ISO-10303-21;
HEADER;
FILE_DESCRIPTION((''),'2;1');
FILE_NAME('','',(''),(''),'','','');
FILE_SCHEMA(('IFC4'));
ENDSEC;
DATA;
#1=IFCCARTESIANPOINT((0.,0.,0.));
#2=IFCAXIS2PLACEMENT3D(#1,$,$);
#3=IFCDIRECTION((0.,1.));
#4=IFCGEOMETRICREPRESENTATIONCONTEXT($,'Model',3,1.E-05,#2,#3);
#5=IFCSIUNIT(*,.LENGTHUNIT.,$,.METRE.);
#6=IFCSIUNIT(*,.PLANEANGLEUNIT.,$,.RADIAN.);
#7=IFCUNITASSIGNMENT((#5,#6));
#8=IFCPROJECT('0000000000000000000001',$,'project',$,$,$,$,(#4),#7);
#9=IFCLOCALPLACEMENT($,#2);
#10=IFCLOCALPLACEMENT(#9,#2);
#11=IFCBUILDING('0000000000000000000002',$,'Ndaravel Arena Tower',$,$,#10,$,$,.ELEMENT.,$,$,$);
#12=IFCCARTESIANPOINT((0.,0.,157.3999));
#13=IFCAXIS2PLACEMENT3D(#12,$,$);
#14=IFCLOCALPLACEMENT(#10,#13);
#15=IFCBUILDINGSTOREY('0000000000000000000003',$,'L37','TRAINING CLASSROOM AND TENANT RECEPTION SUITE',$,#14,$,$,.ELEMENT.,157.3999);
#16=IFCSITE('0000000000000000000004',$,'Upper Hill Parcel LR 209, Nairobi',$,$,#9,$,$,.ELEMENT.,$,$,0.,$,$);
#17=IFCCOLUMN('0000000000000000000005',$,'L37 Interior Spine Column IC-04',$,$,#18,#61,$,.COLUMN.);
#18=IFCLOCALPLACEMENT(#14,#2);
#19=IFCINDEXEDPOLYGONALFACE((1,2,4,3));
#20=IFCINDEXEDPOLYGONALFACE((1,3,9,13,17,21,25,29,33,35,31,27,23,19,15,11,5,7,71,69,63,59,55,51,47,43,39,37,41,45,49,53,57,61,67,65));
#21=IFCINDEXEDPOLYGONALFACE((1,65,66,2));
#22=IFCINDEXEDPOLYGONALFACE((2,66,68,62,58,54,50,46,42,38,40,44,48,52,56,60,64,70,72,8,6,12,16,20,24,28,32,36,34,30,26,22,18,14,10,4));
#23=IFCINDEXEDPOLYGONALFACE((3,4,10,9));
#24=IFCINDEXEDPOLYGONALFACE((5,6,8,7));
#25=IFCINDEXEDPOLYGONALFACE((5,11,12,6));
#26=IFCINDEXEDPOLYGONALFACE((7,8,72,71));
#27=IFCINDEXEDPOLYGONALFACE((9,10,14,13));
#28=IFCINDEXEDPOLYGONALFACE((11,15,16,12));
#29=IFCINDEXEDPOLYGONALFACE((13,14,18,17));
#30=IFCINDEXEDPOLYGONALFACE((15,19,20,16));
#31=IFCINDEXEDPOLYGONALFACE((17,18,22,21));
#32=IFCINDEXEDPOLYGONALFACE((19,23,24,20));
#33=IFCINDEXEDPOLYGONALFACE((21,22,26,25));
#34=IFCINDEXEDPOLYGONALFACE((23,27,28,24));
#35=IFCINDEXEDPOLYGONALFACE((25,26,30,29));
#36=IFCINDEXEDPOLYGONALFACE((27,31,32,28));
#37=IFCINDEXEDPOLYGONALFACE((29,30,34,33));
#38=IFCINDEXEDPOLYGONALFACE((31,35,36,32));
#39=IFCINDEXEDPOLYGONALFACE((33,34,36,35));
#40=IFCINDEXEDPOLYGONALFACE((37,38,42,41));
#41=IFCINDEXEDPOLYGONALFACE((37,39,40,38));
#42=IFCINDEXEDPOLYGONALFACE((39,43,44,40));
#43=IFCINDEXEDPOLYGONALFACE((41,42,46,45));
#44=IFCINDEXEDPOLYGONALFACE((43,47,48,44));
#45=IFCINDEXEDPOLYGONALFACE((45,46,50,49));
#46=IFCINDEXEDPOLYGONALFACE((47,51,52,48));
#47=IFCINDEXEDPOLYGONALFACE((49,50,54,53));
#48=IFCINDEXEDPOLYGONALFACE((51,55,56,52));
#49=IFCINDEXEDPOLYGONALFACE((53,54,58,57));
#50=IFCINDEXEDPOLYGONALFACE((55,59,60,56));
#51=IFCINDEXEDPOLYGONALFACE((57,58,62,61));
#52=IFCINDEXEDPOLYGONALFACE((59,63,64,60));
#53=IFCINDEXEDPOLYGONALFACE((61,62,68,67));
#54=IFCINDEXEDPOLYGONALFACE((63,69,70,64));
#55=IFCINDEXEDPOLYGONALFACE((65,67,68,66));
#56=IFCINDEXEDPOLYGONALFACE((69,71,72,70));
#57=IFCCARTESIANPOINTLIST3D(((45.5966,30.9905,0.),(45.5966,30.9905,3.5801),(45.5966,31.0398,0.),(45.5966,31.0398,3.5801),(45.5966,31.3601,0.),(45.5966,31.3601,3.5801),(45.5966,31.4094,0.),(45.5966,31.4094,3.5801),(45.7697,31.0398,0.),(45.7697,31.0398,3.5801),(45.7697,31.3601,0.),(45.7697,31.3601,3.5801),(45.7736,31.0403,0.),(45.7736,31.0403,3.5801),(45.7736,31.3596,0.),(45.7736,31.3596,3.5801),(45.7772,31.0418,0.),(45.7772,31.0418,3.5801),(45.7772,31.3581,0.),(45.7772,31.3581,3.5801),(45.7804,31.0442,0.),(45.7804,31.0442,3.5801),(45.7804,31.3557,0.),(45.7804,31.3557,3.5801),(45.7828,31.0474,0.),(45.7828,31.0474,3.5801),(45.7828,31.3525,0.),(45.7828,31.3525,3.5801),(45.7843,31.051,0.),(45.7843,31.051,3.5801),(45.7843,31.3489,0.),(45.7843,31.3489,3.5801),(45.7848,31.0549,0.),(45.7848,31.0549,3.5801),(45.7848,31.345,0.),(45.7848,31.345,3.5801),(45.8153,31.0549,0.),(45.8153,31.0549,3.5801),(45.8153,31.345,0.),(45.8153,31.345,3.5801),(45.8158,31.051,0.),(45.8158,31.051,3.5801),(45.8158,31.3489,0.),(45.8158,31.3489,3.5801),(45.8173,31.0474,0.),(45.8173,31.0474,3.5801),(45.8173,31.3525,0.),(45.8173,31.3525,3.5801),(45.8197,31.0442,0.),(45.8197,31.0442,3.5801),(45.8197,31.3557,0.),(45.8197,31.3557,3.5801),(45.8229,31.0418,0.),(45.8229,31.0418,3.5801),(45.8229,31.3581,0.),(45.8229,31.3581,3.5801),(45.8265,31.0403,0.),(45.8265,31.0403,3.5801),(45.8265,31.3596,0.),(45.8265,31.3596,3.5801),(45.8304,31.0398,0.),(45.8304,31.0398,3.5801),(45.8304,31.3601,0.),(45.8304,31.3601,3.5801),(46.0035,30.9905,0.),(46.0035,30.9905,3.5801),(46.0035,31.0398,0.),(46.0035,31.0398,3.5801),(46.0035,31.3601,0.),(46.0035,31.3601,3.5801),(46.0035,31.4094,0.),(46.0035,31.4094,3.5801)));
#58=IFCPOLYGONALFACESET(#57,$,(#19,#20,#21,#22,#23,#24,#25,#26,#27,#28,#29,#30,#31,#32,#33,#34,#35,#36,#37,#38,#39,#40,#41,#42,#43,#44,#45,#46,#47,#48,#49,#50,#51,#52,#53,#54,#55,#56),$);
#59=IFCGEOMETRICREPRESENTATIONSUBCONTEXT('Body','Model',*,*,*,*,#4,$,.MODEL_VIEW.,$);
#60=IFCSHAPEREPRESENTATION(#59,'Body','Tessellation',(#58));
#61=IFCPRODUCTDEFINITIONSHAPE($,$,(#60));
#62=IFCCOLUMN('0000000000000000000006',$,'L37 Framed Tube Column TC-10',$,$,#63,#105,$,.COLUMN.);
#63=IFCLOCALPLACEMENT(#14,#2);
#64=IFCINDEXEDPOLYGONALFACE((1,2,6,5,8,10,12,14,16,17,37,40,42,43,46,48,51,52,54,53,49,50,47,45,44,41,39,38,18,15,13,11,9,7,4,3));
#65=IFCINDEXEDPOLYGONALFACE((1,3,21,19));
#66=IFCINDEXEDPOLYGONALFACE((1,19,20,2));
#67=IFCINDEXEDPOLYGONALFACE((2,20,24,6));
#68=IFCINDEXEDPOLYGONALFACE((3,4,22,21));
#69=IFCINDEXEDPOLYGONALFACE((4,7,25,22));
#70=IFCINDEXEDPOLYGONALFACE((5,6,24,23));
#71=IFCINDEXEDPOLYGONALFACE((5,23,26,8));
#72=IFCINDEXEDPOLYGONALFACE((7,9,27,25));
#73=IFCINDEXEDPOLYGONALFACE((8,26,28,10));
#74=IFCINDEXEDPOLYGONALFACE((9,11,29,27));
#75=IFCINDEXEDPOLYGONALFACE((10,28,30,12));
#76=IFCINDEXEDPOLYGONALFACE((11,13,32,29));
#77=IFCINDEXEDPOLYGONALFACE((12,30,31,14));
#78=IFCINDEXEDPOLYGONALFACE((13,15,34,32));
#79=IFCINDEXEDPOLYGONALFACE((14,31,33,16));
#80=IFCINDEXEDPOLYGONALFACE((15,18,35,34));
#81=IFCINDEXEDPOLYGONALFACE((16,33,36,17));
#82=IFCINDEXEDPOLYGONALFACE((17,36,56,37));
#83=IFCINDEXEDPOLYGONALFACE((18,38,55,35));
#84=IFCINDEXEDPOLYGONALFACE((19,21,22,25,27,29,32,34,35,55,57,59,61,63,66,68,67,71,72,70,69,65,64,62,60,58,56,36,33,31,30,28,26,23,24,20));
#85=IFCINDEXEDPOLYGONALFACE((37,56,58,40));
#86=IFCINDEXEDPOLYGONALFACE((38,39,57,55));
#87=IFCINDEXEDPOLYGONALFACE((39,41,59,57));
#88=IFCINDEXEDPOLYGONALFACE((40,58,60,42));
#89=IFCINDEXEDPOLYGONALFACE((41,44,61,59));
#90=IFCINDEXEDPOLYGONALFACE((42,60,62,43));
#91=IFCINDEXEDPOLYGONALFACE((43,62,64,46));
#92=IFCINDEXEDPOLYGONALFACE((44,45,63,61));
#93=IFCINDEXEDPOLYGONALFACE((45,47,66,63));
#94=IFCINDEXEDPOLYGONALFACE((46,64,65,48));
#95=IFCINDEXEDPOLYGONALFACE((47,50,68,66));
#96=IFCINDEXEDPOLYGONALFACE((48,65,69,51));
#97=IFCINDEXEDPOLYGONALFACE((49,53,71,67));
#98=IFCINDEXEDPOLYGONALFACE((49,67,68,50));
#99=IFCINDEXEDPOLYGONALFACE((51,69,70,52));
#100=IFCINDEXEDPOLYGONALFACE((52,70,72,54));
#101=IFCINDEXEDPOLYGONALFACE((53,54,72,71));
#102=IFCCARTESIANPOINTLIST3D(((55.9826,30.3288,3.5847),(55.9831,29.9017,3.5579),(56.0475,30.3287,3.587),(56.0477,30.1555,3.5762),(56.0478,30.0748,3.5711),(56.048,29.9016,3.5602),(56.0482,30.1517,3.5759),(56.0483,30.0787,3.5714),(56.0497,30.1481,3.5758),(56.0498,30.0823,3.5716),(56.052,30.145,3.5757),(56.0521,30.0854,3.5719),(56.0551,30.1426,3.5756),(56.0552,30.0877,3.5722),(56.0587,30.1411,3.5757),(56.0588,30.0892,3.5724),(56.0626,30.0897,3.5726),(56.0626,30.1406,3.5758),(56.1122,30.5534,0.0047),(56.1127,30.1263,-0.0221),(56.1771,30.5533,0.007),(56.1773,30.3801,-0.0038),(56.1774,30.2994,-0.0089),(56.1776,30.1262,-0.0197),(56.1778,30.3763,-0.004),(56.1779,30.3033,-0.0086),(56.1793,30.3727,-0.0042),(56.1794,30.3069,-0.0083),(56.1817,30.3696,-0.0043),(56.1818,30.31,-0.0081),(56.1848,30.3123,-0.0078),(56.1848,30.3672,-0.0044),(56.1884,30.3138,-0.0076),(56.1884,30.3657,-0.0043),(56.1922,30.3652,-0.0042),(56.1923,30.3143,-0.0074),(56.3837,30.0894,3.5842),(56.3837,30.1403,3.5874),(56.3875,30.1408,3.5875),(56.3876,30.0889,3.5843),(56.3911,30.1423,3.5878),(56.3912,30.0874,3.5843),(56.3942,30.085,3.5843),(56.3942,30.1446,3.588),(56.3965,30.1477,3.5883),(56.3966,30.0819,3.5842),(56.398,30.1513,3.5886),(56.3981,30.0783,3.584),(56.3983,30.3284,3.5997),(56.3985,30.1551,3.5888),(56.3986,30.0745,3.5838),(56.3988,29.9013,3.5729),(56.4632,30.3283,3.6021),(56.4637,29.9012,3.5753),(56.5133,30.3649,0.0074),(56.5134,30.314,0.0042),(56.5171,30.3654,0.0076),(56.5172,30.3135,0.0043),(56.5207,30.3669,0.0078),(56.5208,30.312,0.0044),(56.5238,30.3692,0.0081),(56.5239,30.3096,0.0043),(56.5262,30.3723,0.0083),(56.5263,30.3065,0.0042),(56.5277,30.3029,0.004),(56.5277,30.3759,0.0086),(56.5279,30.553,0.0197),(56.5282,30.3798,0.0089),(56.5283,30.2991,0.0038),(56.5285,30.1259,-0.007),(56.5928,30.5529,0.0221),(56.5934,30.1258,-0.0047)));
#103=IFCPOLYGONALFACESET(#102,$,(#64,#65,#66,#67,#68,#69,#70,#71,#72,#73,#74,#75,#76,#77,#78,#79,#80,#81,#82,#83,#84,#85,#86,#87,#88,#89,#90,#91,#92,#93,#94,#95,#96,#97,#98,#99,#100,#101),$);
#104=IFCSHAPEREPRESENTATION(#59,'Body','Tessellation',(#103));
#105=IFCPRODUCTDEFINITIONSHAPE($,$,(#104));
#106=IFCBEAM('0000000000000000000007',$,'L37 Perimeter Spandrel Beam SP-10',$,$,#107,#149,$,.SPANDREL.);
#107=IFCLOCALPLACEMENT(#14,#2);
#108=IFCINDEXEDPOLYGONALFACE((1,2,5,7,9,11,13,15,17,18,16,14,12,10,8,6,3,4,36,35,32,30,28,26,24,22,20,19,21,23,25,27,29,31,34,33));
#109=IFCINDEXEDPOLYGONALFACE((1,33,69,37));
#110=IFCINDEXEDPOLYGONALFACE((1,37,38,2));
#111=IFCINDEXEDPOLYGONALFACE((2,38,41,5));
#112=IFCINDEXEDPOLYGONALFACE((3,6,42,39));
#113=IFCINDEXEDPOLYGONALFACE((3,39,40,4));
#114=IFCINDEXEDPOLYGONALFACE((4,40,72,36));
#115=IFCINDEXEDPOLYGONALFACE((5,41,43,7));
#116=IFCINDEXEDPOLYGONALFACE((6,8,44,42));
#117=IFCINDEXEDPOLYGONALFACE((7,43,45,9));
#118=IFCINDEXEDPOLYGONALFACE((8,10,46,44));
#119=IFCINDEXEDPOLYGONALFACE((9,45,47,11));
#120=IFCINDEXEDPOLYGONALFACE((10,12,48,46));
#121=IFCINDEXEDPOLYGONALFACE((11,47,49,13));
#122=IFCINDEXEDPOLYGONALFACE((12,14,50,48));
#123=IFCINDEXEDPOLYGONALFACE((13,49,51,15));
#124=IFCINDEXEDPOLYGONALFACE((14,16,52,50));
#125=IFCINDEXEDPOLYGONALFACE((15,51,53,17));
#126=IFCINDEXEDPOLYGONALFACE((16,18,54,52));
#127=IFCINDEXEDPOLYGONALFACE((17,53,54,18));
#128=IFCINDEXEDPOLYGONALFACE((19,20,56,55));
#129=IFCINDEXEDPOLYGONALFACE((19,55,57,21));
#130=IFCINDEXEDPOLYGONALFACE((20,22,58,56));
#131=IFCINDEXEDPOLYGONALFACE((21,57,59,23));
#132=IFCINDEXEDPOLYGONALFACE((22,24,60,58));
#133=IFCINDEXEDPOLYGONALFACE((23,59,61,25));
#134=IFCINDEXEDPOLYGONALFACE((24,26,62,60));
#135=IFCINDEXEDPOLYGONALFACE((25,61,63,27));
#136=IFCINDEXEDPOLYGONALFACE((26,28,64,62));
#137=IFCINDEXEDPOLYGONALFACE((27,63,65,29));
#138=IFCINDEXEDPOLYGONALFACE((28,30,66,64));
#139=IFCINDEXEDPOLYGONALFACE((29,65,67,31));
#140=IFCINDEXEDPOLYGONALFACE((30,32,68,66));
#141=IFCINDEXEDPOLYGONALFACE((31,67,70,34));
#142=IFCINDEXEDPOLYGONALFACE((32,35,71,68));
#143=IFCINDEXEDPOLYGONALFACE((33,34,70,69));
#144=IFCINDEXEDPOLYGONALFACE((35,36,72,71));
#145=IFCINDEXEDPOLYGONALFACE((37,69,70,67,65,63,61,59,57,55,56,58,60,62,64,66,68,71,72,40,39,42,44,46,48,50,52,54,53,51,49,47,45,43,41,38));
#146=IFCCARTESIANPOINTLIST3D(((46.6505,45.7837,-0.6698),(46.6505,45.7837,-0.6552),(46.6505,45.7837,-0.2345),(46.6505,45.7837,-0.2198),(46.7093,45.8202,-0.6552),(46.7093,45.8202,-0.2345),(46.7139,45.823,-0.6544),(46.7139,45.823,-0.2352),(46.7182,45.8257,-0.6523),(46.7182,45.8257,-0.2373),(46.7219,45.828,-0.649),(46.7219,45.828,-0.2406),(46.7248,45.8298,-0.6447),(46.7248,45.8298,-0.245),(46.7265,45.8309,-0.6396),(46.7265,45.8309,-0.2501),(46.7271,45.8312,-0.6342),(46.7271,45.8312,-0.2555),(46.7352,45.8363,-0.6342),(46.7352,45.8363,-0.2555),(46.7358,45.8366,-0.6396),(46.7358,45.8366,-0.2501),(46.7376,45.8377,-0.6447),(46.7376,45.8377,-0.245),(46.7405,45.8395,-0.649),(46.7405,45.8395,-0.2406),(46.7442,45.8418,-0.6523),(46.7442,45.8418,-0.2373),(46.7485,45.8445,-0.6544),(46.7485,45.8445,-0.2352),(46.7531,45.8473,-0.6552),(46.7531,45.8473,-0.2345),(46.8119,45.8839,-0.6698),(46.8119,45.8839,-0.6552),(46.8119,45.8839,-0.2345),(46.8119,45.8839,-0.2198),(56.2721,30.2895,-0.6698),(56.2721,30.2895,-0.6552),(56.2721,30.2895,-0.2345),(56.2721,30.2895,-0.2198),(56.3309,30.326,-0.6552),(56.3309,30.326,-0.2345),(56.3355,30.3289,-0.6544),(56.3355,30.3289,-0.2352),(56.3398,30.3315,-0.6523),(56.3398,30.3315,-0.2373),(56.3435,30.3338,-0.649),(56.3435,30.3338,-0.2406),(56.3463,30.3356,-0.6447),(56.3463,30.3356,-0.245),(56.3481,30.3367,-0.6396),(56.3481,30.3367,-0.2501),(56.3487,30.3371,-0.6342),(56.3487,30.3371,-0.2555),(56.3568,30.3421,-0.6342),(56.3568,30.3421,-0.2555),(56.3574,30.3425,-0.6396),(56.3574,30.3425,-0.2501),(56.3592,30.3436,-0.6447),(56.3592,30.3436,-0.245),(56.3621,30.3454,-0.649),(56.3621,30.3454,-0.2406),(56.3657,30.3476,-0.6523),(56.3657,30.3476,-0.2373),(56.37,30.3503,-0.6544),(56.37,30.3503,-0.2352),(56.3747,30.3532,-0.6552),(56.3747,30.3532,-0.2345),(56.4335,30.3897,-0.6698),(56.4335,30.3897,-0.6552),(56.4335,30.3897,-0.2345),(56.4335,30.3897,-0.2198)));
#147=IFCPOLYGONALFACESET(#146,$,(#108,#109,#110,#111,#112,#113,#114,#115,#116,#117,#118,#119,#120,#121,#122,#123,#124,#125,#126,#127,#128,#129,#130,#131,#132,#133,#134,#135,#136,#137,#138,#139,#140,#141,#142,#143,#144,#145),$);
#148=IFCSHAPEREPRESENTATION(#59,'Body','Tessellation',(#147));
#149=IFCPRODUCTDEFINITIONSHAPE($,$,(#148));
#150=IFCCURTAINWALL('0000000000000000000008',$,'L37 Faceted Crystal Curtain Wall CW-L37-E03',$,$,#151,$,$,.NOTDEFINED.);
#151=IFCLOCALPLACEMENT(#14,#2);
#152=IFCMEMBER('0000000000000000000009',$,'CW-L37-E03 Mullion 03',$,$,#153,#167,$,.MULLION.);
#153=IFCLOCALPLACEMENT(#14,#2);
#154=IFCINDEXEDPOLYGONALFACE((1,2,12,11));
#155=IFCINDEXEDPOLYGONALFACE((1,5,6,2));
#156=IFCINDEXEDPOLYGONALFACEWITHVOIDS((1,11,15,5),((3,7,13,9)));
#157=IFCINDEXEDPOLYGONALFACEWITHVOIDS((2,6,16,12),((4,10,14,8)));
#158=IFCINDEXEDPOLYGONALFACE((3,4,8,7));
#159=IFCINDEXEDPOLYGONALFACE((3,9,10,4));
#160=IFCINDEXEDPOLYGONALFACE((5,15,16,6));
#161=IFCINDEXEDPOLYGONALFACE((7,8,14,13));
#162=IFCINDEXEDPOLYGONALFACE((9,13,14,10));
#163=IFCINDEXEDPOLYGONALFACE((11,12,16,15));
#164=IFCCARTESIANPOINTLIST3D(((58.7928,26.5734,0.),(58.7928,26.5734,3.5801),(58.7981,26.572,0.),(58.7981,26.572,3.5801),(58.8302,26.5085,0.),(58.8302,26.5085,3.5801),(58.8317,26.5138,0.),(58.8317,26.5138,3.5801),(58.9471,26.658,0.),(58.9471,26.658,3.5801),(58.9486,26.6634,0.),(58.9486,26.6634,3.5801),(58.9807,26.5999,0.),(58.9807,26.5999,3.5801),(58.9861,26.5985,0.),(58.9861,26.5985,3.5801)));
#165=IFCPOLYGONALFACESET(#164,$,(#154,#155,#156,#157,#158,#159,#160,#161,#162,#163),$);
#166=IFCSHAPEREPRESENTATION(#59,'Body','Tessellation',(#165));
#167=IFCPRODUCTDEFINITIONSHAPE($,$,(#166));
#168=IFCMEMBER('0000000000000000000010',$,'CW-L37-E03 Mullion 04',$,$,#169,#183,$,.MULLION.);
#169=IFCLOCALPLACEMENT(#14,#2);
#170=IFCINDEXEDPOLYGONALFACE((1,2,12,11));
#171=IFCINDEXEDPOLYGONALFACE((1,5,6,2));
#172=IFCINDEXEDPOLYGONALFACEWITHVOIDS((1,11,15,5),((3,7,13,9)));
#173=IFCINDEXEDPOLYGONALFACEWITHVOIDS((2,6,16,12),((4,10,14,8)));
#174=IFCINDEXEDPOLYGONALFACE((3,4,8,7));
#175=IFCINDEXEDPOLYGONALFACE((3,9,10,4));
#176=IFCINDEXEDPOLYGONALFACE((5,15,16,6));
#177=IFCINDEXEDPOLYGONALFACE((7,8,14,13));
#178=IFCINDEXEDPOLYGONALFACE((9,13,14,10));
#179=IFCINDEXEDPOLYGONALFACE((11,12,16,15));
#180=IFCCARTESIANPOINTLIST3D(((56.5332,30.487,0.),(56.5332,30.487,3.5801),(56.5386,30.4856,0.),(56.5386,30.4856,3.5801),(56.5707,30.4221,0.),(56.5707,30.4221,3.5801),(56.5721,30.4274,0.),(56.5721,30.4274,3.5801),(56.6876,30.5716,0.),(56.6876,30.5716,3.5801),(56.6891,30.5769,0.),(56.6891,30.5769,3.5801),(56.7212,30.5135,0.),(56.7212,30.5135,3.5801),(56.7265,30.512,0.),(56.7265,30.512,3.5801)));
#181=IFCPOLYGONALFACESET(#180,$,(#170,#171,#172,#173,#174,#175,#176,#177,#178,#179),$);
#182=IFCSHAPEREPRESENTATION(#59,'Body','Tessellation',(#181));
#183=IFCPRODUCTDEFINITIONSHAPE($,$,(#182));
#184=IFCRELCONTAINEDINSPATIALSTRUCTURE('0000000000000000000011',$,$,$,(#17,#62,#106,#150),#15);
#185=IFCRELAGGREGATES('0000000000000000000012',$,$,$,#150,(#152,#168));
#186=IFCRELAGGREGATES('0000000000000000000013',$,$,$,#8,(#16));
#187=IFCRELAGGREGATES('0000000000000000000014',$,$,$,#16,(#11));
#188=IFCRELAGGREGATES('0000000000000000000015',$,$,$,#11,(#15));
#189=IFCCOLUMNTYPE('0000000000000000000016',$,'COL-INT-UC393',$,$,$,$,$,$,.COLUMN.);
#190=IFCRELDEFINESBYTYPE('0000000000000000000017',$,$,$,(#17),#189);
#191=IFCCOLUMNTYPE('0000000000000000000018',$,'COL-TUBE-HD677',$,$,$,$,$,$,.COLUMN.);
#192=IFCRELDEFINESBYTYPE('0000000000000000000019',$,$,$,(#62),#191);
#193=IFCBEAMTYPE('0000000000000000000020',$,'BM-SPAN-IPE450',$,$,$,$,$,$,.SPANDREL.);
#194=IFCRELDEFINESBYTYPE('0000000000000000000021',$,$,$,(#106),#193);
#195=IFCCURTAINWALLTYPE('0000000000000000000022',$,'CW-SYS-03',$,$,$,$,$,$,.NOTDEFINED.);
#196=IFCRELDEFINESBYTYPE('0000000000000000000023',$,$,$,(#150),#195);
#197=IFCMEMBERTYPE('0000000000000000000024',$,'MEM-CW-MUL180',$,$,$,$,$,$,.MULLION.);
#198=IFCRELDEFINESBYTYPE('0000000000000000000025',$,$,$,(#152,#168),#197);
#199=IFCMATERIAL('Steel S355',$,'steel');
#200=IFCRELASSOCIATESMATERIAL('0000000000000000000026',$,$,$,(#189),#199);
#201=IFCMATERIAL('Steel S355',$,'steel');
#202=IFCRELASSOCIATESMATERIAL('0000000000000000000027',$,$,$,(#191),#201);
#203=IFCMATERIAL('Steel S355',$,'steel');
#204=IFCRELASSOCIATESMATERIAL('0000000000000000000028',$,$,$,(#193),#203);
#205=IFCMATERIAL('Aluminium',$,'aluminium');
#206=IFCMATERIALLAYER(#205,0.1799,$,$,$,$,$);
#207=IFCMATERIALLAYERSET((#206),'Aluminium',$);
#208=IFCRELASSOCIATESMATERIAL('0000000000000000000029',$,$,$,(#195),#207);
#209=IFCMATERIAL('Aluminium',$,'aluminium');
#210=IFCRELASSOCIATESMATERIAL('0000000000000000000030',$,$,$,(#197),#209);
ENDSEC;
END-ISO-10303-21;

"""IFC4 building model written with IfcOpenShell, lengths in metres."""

from ifc_helpers import new_model, si_unit, direction, frame, origin, origin_2d, place, context, subcontext, project, spatial, hollow_rectangle, i_section, extrude, material, layer, layer_set, material_profile, profile_set, type_object, element, aggregate, save


model = new_model("IFC4")

# Units and contexts
model_context = context("Model", 3, precision=1e-05, world=origin(), true_north=direction((0.0, 1.0)))
body_context = subcontext(model_context, "Body", "Model", "MODEL_VIEW")
ifc_project = project(units=[si_unit("LENGTHUNIT", "METRE"), si_unit("PLANEANGLEUNIT", "RADIAN")], contexts=[model_context])

# Site, building, storey
site_placement = place(None, origin())
site = spatial("IfcSite", under=ifc_project, at=site_placement, Name="Upper Hill Parcel LR 209, Nairobi", CompositionType="ELEMENT", RefElevation=0.0)
building_placement = place(site_placement, origin())
building = spatial("IfcBuilding", under=site, at=building_placement, Name="Ndaravel Arena Tower", CompositionType="ELEMENT")
storey_placement = place(building_placement, frame((0.0, 0.0, 157.3999)))
storey = spatial("IfcBuildingStorey", under=building, at=storey_placement, Name="L37", Description="TRAINING CLASSROOM AND TENANT RECEPTION SUITE", CompositionType="ELEMENT", Elevation=157.3999)

# Columns
ifc_material_1 = material(Name="Steel S355", Category="steel")
ifc_material_profile_1 = material_profile(ifc_material_1, i_section(OverallWidth=0.407, OverallDepth=0.4189, WebThickness=0.0305, FlangeThickness=0.0493, FilletRadius=0.0151, at=origin_2d()), Name="UC 356x406x393")
ifc_profile_set_1 = profile_set([ifc_material_profile_1], Name="Steel S355")
column_type_1 = type_object("IfcColumnType", Name="COL-INT-UC393", PredefinedType="COLUMN", material=ifc_profile_set_1)
column_1_placement = place(storey_placement, frame((45.8, 31.2, 0.0), z_axis=(0.0, 0.0, 1.0), x_axis=(1.0, 0.0, 0.0)))
element("IfcColumn", 1, at=column_1_placement, inside=storey, type_object=column_type_1, Name="L37 Interior Spine Column IC-04", PredefinedType="COLUMN", context=body_context, shape_type="SweptSolid", body=[
    extrude(i_section(OverallWidth=0.407, OverallDepth=0.4189, WebThickness=0.0305, FlangeThickness=0.0493, FilletRadius=0.0151, at=origin_2d()), origin(), (0.0, 0.0, 1.0), 3.5801),
])
ifc_material_2 = material(Name="Steel S355", Category="steel")
ifc_material_profile_2 = material_profile(ifc_material_2, i_section(OverallWidth=0.428, OverallDepth=0.481, WebThickness=0.051, FlangeThickness=0.0649, FilletRadius=0.0149, at=origin_2d()), Name="HD 400x677")
ifc_profile_set_2 = profile_set([ifc_material_profile_2], Name="Steel S355")
column_type_2 = type_object("IfcColumnType", Name="COL-TUBE-HD677", PredefinedType="COLUMN", material=ifc_profile_set_2)
column_2_placement = place(storey_placement, frame((56.3528, 30.3396, 0.0), z_axis=(-0.036116, -0.062575, 0.997387), x_axis=(-0.001264, 0.99804, 0.06257)))
element("IfcColumn", 2, at=column_2_placement, inside=storey, type_object=column_type_2, Name="L37 Framed Tube Column TC-10", PredefinedType="COLUMN", context=body_context, shape_type="SweptSolid", body=[
    extrude(i_section(OverallWidth=0.428, OverallDepth=0.481, WebThickness=0.051, FlangeThickness=0.0649, FilletRadius=0.0149, at=origin_2d()), origin(), (0.0, 0.0, 1.0), 3.5894),
])

# Beam
ifc_material_3 = material(Name="Steel S355", Category="steel")
ifc_material_profile_3 = material_profile(ifc_material_3, i_section(OverallWidth=0.1899, OverallDepth=0.45, WebThickness=0.0095, FlangeThickness=0.0146, FilletRadius=0.021, at=origin_2d()), Name="IPE 450")
ifc_profile_set_3 = profile_set([ifc_material_profile_3], Name="Steel S355")
beam_type = type_object("IfcBeamType", Name="BM-SPAN-IPE450", PredefinedType="SPANDREL", material=ifc_profile_set_3)
beam_placement = place(storey_placement, frame((56.3528, 30.3396, -0.4448), z_axis=(-0.527542, 0.849529, 0.0), x_axis=(-0.849529, -0.527542, 0.0)))
element("IfcBeam", 3, at=beam_placement, inside=storey, type_object=beam_type, Name="L37 Perimeter Spandrel Beam SP-10", PredefinedType="SPANDREL", context=body_context, shape_type="SweptSolid", body=[
    extrude(i_section(OverallWidth=0.1899, OverallDepth=0.45, WebThickness=0.0095, FlangeThickness=0.0146, FilletRadius=0.021, at=origin_2d()), origin(), (0.0, 0.0, 1.0), 18.2385),
])

# Curtain wall, members
ifc_material_4 = material(Name="Aluminium", Category="aluminium")
ifc_layer_1 = layer(ifc_material_4, 0.1799)
ifc_layer_set_1 = layer_set([ifc_layer_1], Name="Aluminium")
curtain_wall_type = type_object("IfcCurtainWallType", Name="CW-SYS-03", PredefinedType="NOTDEFINED", material=ifc_layer_set_1)
curtain_wall_placement = place(storey_placement, origin())
curtain_wall = element("IfcCurtainWall", 4, at=curtain_wall_placement, inside=storey, type_object=curtain_wall_type, Name="L37 Faceted Crystal Curtain Wall CW-L37-E03", PredefinedType="NOTDEFINED")
ifc_material_5 = material(Name="Aluminium", Category="aluminium")
ifc_material_profile_4 = material_profile(ifc_material_5, hollow_rectangle(XDim=0.075, YDim=0.1799, WallThickness=0.0039, at=origin_2d()), Name="CW MULLION 75x180x4")
ifc_profile_set_4 = profile_set([ifc_material_profile_4], Name="Aluminium")
member_type = type_object("IfcMemberType", Name="MEM-CW-MUL180", PredefinedType="MULLION", material=ifc_profile_set_4)
member_1_placement = place(storey_placement, frame((58.8894, 26.5859, 0.0), z_axis=(0.0, 0.0, 1.0), x_axis=(-0.5, 0.866025, 0.0)))
member_1 = element("IfcMember", 5, at=member_1_placement, type_object=member_type, Name="CW-L37-E03 Mullion 03", PredefinedType="MULLION", context=body_context, shape_type="SweptSolid", body=[
    extrude(hollow_rectangle(XDim=0.075, YDim=0.1799, WallThickness=0.0039, at=origin_2d()), origin(), (0.0, 0.0, 1.0), 3.5801),
])
member_2_placement = place(storey_placement, frame((56.6299, 30.4995, 0.0), z_axis=(0.0, 0.0, 1.0), x_axis=(-0.5, 0.866025, 0.0)))
member_2 = element("IfcMember", 6, at=member_2_placement, type_object=member_type, Name="CW-L37-E03 Mullion 04", PredefinedType="MULLION", context=body_context, shape_type="SweptSolid", body=[
    extrude(hollow_rectangle(XDim=0.075, YDim=0.1799, WallThickness=0.0039, at=origin_2d()), origin(), (0.0, 0.0, 1.0), 3.5801),
])
aggregate(curtain_wall, [member_1, member_2])

save(model, "model.ifc")
